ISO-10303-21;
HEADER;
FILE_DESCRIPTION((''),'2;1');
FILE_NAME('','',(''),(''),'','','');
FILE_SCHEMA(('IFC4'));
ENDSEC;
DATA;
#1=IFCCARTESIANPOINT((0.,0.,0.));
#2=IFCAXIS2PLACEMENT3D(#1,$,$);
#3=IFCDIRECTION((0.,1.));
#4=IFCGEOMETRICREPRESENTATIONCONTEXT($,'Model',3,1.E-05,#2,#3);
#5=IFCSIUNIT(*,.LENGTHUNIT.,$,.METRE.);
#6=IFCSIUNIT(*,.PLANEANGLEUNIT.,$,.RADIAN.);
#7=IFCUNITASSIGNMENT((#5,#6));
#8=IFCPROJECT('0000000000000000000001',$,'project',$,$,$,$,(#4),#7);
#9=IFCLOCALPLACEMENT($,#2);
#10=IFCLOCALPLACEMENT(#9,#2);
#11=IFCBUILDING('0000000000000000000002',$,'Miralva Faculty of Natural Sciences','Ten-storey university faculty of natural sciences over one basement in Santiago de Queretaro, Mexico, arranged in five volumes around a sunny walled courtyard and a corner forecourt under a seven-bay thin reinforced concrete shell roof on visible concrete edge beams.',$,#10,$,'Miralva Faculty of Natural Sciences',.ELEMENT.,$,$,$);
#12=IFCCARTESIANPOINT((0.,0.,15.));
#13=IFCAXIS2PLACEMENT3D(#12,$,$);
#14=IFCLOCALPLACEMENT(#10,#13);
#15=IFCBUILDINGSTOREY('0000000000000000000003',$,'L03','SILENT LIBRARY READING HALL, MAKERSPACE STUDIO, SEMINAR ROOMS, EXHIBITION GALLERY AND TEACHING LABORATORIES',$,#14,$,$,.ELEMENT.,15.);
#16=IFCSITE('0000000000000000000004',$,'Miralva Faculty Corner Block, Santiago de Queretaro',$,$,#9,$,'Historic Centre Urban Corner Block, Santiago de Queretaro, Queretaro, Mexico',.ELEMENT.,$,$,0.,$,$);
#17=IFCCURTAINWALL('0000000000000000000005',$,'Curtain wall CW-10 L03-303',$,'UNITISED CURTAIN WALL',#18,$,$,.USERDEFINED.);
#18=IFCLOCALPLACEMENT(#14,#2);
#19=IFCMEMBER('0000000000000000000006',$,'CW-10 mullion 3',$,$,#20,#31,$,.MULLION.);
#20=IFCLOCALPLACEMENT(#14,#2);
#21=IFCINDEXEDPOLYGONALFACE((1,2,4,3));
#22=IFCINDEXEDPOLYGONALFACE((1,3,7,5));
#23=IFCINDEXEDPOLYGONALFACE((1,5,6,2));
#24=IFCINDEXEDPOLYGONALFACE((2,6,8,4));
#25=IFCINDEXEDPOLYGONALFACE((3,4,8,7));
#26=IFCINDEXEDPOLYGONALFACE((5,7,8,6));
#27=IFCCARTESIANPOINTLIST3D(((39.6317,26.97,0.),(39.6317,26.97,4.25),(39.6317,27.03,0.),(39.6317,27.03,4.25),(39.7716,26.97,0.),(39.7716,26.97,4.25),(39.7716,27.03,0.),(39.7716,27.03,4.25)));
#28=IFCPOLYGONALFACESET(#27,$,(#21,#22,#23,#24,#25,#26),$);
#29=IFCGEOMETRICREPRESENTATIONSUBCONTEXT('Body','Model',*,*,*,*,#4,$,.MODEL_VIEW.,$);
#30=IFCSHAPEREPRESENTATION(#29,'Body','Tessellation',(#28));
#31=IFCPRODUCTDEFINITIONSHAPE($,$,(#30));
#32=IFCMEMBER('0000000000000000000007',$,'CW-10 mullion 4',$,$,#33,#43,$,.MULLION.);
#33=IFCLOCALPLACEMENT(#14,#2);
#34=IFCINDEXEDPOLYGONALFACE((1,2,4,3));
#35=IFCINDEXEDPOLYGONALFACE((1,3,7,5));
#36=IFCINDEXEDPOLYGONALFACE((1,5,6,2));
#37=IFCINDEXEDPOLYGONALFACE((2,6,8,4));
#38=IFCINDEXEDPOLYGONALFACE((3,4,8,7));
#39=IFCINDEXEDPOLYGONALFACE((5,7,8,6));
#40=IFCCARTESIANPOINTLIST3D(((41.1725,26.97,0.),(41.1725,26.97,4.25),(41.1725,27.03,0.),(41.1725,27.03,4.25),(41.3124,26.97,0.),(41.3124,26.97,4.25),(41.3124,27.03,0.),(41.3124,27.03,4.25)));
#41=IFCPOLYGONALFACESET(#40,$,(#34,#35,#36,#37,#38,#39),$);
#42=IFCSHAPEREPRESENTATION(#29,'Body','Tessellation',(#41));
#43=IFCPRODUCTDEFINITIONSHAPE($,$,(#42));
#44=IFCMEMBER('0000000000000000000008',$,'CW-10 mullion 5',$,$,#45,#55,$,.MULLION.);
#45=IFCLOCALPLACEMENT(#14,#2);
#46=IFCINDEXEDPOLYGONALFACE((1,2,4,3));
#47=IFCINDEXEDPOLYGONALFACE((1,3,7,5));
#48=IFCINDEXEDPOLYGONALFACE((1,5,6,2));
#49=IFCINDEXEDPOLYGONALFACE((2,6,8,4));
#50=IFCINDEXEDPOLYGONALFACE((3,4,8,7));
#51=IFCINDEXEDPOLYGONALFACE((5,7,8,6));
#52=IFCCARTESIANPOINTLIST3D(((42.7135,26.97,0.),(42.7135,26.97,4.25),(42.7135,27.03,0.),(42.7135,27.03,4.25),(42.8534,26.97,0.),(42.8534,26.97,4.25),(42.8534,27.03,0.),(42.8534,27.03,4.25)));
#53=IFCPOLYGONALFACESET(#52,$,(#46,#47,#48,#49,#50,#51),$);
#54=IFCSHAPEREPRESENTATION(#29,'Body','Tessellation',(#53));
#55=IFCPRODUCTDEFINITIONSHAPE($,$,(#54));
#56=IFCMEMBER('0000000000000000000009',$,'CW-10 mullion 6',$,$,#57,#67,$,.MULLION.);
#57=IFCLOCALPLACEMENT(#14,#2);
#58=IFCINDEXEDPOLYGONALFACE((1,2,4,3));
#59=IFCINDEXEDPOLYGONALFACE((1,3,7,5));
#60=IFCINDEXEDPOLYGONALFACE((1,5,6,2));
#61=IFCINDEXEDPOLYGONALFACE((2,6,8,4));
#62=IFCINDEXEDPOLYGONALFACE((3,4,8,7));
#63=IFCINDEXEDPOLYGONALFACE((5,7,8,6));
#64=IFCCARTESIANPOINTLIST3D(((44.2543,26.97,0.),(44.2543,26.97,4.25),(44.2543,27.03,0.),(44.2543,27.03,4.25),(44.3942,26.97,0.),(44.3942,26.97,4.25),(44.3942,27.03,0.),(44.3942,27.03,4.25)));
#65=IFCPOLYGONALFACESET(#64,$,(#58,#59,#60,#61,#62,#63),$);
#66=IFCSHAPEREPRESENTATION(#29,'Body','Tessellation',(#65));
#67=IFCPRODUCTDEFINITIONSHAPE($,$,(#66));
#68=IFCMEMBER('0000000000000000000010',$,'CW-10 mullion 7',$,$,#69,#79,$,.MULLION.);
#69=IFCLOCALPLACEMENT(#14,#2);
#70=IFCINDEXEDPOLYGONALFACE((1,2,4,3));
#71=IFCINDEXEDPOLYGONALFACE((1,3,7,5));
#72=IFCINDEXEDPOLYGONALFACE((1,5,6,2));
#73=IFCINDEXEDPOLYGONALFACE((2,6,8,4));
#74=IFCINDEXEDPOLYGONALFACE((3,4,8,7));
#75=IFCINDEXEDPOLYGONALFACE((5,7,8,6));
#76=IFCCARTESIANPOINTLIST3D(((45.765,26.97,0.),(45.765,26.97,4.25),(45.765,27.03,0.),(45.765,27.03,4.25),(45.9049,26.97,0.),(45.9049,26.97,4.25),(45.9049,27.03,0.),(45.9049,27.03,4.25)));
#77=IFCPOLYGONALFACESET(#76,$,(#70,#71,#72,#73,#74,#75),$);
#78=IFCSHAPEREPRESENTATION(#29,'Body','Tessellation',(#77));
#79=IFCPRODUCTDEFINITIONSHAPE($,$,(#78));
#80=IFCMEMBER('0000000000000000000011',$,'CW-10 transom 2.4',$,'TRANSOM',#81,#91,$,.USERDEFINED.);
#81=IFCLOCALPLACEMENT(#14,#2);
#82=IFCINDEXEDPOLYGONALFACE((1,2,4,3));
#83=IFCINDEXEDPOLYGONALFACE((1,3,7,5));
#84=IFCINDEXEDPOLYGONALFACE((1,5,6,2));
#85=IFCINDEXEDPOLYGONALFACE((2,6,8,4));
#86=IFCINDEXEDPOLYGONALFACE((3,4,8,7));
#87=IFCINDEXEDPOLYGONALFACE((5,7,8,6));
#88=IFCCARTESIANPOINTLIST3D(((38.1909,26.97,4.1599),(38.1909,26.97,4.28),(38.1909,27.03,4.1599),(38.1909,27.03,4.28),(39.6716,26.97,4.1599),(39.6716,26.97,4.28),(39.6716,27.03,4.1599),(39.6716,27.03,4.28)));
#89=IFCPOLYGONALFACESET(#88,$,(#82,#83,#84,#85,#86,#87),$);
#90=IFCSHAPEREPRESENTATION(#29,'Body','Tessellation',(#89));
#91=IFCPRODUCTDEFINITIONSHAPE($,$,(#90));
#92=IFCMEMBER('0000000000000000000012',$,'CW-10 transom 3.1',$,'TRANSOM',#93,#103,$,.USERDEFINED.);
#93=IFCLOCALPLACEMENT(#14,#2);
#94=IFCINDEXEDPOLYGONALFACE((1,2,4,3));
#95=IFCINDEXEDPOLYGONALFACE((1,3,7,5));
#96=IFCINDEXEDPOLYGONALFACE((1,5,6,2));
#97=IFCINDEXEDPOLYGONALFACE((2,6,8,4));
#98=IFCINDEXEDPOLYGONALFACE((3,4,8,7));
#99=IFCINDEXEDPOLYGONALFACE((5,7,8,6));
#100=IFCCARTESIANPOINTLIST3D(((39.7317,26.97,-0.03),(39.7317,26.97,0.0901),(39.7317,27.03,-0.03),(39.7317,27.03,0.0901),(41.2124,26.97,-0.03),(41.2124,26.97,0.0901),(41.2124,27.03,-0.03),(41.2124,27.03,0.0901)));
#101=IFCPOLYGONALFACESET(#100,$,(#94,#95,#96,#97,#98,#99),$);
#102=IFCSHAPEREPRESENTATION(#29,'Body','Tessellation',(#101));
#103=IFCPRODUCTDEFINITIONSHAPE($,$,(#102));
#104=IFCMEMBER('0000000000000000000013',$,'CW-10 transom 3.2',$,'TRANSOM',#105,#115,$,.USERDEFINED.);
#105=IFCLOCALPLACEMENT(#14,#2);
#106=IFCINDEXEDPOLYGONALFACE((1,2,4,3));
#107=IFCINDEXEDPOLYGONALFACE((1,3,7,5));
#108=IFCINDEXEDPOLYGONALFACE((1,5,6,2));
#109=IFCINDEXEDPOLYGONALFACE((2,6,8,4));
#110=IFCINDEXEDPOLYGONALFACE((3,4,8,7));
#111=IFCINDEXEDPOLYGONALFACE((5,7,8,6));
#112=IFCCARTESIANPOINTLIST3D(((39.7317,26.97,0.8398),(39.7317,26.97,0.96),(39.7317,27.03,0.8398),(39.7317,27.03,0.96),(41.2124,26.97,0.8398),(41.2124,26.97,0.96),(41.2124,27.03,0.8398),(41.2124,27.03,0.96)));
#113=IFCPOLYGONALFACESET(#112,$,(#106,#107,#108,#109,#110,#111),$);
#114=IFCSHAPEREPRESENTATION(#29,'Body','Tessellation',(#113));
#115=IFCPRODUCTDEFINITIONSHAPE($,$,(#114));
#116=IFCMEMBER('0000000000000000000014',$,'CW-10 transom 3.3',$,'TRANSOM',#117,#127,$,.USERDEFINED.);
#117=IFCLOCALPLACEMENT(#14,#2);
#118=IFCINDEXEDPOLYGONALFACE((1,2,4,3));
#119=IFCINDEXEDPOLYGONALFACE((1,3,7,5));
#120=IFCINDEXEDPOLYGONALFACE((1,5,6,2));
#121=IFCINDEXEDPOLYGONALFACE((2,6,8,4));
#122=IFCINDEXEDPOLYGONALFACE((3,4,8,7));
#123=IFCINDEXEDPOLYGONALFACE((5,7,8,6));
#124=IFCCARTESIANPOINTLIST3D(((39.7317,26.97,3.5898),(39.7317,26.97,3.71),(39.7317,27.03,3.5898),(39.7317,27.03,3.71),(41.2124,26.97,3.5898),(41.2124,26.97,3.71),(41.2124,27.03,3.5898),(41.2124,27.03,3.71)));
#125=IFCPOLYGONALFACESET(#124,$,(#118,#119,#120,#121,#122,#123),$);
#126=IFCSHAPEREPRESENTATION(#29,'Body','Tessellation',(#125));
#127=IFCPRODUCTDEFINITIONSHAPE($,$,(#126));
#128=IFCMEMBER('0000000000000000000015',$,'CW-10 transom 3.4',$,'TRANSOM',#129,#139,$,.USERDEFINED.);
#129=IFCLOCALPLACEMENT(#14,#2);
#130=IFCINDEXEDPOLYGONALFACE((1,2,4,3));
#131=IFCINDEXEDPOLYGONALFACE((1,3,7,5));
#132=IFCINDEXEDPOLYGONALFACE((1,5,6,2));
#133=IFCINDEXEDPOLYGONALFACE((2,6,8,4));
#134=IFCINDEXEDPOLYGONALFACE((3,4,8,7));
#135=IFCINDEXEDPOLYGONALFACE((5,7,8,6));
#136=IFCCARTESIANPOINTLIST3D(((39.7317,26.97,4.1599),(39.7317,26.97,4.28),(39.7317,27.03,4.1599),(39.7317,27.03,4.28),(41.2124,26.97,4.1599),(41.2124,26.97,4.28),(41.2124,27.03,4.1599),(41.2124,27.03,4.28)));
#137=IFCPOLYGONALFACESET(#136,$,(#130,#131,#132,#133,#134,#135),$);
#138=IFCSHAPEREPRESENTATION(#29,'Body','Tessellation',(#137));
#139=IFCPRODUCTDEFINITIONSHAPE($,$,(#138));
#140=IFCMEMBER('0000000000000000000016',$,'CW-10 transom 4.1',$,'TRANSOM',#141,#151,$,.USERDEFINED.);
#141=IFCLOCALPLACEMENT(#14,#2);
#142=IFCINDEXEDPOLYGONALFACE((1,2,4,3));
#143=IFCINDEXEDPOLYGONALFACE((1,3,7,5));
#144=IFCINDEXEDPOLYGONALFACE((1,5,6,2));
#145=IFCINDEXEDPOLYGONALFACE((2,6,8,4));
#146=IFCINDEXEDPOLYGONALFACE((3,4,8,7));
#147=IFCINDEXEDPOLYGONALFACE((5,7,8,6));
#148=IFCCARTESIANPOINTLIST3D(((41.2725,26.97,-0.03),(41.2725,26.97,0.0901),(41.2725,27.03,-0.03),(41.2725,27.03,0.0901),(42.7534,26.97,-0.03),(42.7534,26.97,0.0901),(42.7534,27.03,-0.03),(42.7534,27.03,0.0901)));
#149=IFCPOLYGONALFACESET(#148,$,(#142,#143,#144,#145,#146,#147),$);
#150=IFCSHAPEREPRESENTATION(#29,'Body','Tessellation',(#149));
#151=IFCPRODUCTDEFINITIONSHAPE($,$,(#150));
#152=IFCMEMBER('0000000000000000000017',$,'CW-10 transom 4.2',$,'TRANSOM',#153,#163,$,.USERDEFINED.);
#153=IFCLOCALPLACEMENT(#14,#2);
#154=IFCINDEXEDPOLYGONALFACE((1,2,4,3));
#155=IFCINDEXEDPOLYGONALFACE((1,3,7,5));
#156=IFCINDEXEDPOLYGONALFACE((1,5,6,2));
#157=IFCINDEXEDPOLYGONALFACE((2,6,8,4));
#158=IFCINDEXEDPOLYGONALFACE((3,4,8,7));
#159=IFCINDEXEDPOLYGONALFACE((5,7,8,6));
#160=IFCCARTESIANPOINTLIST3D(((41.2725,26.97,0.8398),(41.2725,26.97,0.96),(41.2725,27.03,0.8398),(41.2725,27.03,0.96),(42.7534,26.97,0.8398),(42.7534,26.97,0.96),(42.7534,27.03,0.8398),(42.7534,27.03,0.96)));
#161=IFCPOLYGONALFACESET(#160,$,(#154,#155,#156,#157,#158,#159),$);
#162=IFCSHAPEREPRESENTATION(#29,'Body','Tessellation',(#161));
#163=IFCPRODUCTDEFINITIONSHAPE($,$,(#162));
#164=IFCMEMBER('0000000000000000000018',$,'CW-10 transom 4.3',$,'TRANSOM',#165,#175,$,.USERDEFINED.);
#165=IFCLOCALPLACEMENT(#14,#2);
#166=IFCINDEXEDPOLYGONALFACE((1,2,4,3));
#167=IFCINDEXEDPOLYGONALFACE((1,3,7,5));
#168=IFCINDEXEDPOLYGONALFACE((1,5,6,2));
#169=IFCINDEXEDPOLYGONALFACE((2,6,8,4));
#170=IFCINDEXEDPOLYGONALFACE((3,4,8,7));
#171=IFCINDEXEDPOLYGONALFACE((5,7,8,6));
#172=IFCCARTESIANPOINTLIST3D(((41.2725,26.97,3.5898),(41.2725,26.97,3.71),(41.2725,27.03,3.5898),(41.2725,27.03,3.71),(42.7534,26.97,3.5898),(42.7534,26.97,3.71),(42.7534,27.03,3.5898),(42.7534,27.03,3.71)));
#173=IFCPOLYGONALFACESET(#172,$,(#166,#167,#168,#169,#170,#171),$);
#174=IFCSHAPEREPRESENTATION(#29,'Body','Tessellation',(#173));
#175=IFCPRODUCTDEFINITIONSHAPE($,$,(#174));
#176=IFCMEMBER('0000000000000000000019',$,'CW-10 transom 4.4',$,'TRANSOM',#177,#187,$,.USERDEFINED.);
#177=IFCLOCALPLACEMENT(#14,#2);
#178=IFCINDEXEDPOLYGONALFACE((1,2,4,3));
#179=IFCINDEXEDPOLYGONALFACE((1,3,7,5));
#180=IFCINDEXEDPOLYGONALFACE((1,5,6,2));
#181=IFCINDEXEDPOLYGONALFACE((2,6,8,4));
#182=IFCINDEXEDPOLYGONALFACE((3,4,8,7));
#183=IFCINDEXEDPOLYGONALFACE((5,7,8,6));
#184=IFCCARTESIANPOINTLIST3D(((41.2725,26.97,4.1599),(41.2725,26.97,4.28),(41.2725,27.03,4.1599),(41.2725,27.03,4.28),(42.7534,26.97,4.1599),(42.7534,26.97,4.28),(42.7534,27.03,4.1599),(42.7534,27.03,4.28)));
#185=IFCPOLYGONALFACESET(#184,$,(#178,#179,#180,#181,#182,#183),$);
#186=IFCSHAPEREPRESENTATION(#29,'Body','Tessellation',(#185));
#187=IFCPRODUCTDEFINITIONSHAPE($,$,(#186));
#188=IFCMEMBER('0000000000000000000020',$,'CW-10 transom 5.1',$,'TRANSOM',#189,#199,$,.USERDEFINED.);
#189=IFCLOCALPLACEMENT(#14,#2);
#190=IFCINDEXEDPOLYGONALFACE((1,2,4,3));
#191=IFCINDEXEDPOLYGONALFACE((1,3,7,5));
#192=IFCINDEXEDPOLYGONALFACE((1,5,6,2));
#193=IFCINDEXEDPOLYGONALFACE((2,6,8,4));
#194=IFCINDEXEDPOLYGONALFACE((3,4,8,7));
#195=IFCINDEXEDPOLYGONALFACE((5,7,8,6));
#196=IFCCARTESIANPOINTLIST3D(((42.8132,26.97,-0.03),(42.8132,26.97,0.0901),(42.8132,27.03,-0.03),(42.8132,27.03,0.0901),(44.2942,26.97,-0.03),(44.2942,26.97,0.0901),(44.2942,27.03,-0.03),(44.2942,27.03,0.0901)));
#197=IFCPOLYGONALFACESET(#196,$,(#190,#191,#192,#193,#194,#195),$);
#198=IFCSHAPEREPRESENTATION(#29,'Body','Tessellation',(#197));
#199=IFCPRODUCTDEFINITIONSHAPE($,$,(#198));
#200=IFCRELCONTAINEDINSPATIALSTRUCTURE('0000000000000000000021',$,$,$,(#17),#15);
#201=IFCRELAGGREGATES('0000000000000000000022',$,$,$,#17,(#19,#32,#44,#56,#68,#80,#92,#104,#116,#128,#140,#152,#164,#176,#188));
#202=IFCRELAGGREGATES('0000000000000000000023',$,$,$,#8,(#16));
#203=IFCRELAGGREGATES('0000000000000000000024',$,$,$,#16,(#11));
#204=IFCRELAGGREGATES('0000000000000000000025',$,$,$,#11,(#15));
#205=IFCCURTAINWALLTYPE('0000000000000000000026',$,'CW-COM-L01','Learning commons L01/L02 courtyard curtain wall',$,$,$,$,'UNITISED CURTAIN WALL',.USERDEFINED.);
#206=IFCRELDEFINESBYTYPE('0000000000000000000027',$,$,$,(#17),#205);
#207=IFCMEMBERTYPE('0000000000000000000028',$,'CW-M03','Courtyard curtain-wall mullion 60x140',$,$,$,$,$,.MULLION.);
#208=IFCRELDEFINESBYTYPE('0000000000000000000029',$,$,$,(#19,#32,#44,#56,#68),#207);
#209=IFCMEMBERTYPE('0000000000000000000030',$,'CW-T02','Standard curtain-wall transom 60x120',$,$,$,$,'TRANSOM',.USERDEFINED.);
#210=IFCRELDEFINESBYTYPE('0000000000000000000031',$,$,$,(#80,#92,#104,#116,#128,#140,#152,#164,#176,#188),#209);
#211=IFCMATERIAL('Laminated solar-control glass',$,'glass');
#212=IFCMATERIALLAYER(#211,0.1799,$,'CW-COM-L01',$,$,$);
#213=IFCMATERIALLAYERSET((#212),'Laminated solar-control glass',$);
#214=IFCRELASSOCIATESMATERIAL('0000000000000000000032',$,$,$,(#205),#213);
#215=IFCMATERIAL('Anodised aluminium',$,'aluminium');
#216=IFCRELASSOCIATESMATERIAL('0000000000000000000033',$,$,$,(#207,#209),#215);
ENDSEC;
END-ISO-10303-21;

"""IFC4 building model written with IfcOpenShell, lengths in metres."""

from ifc_helpers import new_model, si_unit, direction, frame, origin, origin_2d, place, context, subcontext, project, spatial, rectangle, extrude, material, layer, layer_set, material_profile, profile_set, type_object, element, aggregate, save


model = new_model("IFC4")

# Units and contexts
model_context = context("Model", 3, precision=1e-05, world=origin(), true_north=direction((0.0, 1.0)))
body_context = subcontext(model_context, "Body", "Model", "MODEL_VIEW")
ifc_project = project(units=[si_unit("LENGTHUNIT", "METRE"), si_unit("PLANEANGLEUNIT", "RADIAN")], contexts=[model_context])

# Site, building, storey
site_placement = place(None, origin())
site = spatial("IfcSite", under=ifc_project, at=site_placement, Name="Miralva Faculty Corner Block, Santiago de Queretaro", LongName="Historic Centre Urban Corner Block, Santiago de Queretaro, Queretaro, Mexico", CompositionType="ELEMENT", RefElevation=0.0)
building_placement = place(site_placement, origin())
building = spatial("IfcBuilding", under=site, at=building_placement, Name="Miralva Faculty of Natural Sciences", Description="Ten-storey university faculty of natural sciences over one basement in Santiago de Queretaro, Mexico, arranged in five volumes around a sunny walled courtyard and a corner forecourt under a seven-bay thin reinforced concrete shell roof on visible concrete edge beams.", LongName="Miralva Faculty of Natural Sciences", CompositionType="ELEMENT")
storey_placement = place(building_placement, frame((0.0, 0.0, 15.0)))
storey = spatial("IfcBuildingStorey", under=building, at=storey_placement, Name="L03", Description="SILENT LIBRARY READING HALL, MAKERSPACE STUDIO, SEMINAR ROOMS, EXHIBITION GALLERY AND TEACHING LABORATORIES", CompositionType="ELEMENT", Elevation=15.0)

# Curtain wall, members
ifc_material_1 = material(Name="Laminated solar-control glass", Category="glass")
ifc_layer_1 = layer(ifc_material_1, 0.1799, Name="CW-COM-L01")
ifc_layer_set_1 = layer_set([ifc_layer_1], Name="Laminated solar-control glass")
curtain_wall_type = type_object("IfcCurtainWallType", Name="CW-COM-L01", Description="Learning commons L01/L02 courtyard curtain wall", ElementType="UNITISED CURTAIN WALL", PredefinedType="USERDEFINED", material=ifc_layer_set_1)
curtain_wall_placement = place(storey_placement, origin())
curtain_wall = element("IfcCurtainWall", 1, at=curtain_wall_placement, inside=storey, type_object=curtain_wall_type, Name="Curtain wall CW-10 L03-303", ObjectType="UNITISED CURTAIN WALL", PredefinedType="USERDEFINED")
ifc_material_2 = material(Name="Anodised aluminium", Category="aluminium")
ifc_material_profile_1 = material_profile(ifc_material_2, rectangle(XDim=0.0601, YDim=0.1399, at=origin_2d()), Name="MULLION 60x140")
ifc_profile_set_1 = profile_set([ifc_material_profile_1], Name="Anodised aluminium")
member_type_1 = type_object("IfcMemberType", Name="CW-M03", Description="Courtyard curtain-wall mullion 60x140", PredefinedType="MULLION", material=ifc_profile_set_1)
member_1_placement = place(storey_placement, frame((39.7017, 27.0, 0.0), z_axis=(0.0, 0.0, 1.0), x_axis=(0.0, 1.0, 0.0)))
member_1 = element("IfcMember", 2, at=member_1_placement, type_object=member_type_1, Name="CW-10 mullion 3", PredefinedType="MULLION", context=body_context, shape_type="SweptSolid", body=[
    extrude(rectangle(XDim=0.0601, YDim=0.1399, at=origin_2d()), origin(), (0.0, 0.0, 1.0), 4.25),
])
member_2_placement = place(storey_placement, frame((41.2424, 27.0, 0.0), z_axis=(0.0, 0.0, 1.0), x_axis=(0.0, 1.0, 0.0)))
member_2 = element("IfcMember", 3, at=member_2_placement, type_object=member_type_1, Name="CW-10 mullion 4", PredefinedType="MULLION", context=body_context, shape_type="SweptSolid", body=[
    extrude(rectangle(XDim=0.0601, YDim=0.1399, at=origin_2d()), origin(), (0.0, 0.0, 1.0), 4.25),
])
member_3_placement = place(storey_placement, frame((42.7834, 27.0, 0.0), z_axis=(0.0, 0.0, 1.0), x_axis=(0.0, 1.0, 0.0)))
member_3 = element("IfcMember", 4, at=member_3_placement, type_object=member_type_1, Name="CW-10 mullion 5", PredefinedType="MULLION", context=body_context, shape_type="SweptSolid", body=[
    extrude(rectangle(XDim=0.0601, YDim=0.1399, at=origin_2d()), origin(), (0.0, 0.0, 1.0), 4.25),
])
member_4_placement = place(storey_placement, frame((44.3242, 27.0, 0.0), z_axis=(0.0, 0.0, 1.0), x_axis=(0.0, 1.0, 0.0)))
member_4 = element("IfcMember", 5, at=member_4_placement, type_object=member_type_1, Name="CW-10 mullion 6", PredefinedType="MULLION", context=body_context, shape_type="SweptSolid", body=[
    extrude(rectangle(XDim=0.0601, YDim=0.1399, at=origin_2d()), origin(), (0.0, 0.0, 1.0), 4.25),
])
member_5_placement = place(storey_placement, frame((45.835, 27.0, 0.0), z_axis=(0.0, 0.0, 1.0), x_axis=(0.0, 1.0, 0.0)))
member_5 = element("IfcMember", 6, at=member_5_placement, type_object=member_type_1, Name="CW-10 mullion 7", PredefinedType="MULLION", context=body_context, shape_type="SweptSolid", body=[
    extrude(rectangle(XDim=0.0601, YDim=0.1399, at=origin_2d()), origin(), (0.0, 0.0, 1.0), 4.25),
])
ifc_material_profile_2 = material_profile(ifc_material_2, rectangle(XDim=0.0601, YDim=0.1201, at=origin_2d()), Name="TRANSOM 60x120")
ifc_profile_set_2 = profile_set([ifc_material_profile_2], Name="Anodised aluminium")
member_type_2 = type_object("IfcMemberType", Name="CW-T02", Description="Standard curtain-wall transom 60x120", ElementType="TRANSOM", PredefinedType="USERDEFINED", material=ifc_profile_set_2)
member_6_placement = place(storey_placement, frame((38.1909, 27.0, 4.22), z_axis=(1.0, 0.0, 0.0), x_axis=(0.0, 1.0, 0.0)))
member_6 = element("IfcMember", 7, at=member_6_placement, type_object=member_type_2, Name="CW-10 transom 2.4", ObjectType="TRANSOM", PredefinedType="USERDEFINED", context=body_context, shape_type="SweptSolid", body=[
    extrude(rectangle(XDim=0.0601, YDim=0.1201, at=origin_2d()), origin(), (0.0, 0.0, 1.0), 1.4807),
])
member_7_placement = place(storey_placement, frame((39.7317, 27.0, 0.03), z_axis=(1.0, 0.0, 0.0), x_axis=(0.0, 1.0, 0.0)))
member_7 = element("IfcMember", 8, at=member_7_placement, type_object=member_type_2, Name="CW-10 transom 3.1", ObjectType="TRANSOM", PredefinedType="USERDEFINED", context=body_context, shape_type="SweptSolid", body=[
    extrude(rectangle(XDim=0.0601, YDim=0.1201, at=origin_2d()), origin(), (0.0, 0.0, 1.0), 1.4807),
])
member_8_placement = place(storey_placement, frame((39.7317, 27.0, 0.8999), z_axis=(1.0, 0.0, 0.0), x_axis=(0.0, 1.0, 0.0)))
member_8 = element("IfcMember", 9, at=member_8_placement, type_object=member_type_2, Name="CW-10 transom 3.2", ObjectType="TRANSOM", PredefinedType="USERDEFINED", context=body_context, shape_type="SweptSolid", body=[
    extrude(rectangle(XDim=0.0601, YDim=0.1201, at=origin_2d()), origin(), (0.0, 0.0, 1.0), 1.4807),
])
member_9_placement = place(storey_placement, frame((39.7317, 27.0, 3.6499), z_axis=(1.0, 0.0, 0.0), x_axis=(0.0, 1.0, 0.0)))
member_9 = element("IfcMember", 10, at=member_9_placement, type_object=member_type_2, Name="CW-10 transom 3.3", ObjectType="TRANSOM", PredefinedType="USERDEFINED", context=body_context, shape_type="SweptSolid", body=[
    extrude(rectangle(XDim=0.0601, YDim=0.1201, at=origin_2d()), origin(), (0.0, 0.0, 1.0), 1.4807),
])
member_10_placement = place(storey_placement, frame((39.7317, 27.0, 4.22), z_axis=(1.0, 0.0, 0.0), x_axis=(0.0, 1.0, 0.0)))
member_10 = element("IfcMember", 11, at=member_10_placement, type_object=member_type_2, Name="CW-10 transom 3.4", ObjectType="TRANSOM", PredefinedType="USERDEFINED", context=body_context, shape_type="SweptSolid", body=[
    extrude(rectangle(XDim=0.0601, YDim=0.1201, at=origin_2d()), origin(), (0.0, 0.0, 1.0), 1.4807),
])
member_11_placement = place(storey_placement, frame((41.2725, 27.0, 0.03), z_axis=(1.0, 0.0, 0.0), x_axis=(0.0, 1.0, 0.0)))
member_11 = element("IfcMember", 12, at=member_11_placement, type_object=member_type_2, Name="CW-10 transom 4.1", ObjectType="TRANSOM", PredefinedType="USERDEFINED", context=body_context, shape_type="SweptSolid", body=[
    extrude(rectangle(XDim=0.0601, YDim=0.1201, at=origin_2d()), origin(), (0.0, 0.0, 1.0), 1.481),
])
member_12_placement = place(storey_placement, frame((41.2725, 27.0, 0.8999), z_axis=(1.0, 0.0, 0.0), x_axis=(0.0, 1.0, 0.0)))
member_12 = element("IfcMember", 13, at=member_12_placement, type_object=member_type_2, Name="CW-10 transom 4.2", ObjectType="TRANSOM", PredefinedType="USERDEFINED", context=body_context, shape_type="SweptSolid", body=[
    extrude(rectangle(XDim=0.0601, YDim=0.1201, at=origin_2d()), origin(), (0.0, 0.0, 1.0), 1.481),
])
member_13_placement = place(storey_placement, frame((41.2725, 27.0, 3.6499), z_axis=(1.0, 0.0, 0.0), x_axis=(0.0, 1.0, 0.0)))
member_13 = element("IfcMember", 14, at=member_13_placement, type_object=member_type_2, Name="CW-10 transom 4.3", ObjectType="TRANSOM", PredefinedType="USERDEFINED", context=body_context, shape_type="SweptSolid", body=[
    extrude(rectangle(XDim=0.0601, YDim=0.1201, at=origin_2d()), origin(), (0.0, 0.0, 1.0), 1.481),
])
member_14_placement = place(storey_placement, frame((41.2725, 27.0, 4.22), z_axis=(1.0, 0.0, 0.0), x_axis=(0.0, 1.0, 0.0)))
member_14 = element("IfcMember", 15, at=member_14_placement, type_object=member_type_2, Name="CW-10 transom 4.4", ObjectType="TRANSOM", PredefinedType="USERDEFINED", context=body_context, shape_type="SweptSolid", body=[
    extrude(rectangle(XDim=0.0601, YDim=0.1201, at=origin_2d()), origin(), (0.0, 0.0, 1.0), 1.481),
])
member_15_placement = place(storey_placement, frame((42.8132, 27.0, 0.03), z_axis=(1.0, 0.0, 0.0), x_axis=(0.0, 1.0, 0.0)))
member_15 = element("IfcMember", 16, at=member_15_placement, type_object=member_type_2, Name="CW-10 transom 5.1", ObjectType="TRANSOM", PredefinedType="USERDEFINED", context=body_context, shape_type="SweptSolid", body=[
    extrude(rectangle(XDim=0.0601, YDim=0.1201, at=origin_2d()), origin(), (0.0, 0.0, 1.0), 1.481),
])
aggregate(curtain_wall, [member_1, member_2, member_3, member_4, member_5, member_6, member_7, member_8, member_9, member_10, member_11, member_12, member_13, member_14, member_15])

save(model, "model.ifc")
